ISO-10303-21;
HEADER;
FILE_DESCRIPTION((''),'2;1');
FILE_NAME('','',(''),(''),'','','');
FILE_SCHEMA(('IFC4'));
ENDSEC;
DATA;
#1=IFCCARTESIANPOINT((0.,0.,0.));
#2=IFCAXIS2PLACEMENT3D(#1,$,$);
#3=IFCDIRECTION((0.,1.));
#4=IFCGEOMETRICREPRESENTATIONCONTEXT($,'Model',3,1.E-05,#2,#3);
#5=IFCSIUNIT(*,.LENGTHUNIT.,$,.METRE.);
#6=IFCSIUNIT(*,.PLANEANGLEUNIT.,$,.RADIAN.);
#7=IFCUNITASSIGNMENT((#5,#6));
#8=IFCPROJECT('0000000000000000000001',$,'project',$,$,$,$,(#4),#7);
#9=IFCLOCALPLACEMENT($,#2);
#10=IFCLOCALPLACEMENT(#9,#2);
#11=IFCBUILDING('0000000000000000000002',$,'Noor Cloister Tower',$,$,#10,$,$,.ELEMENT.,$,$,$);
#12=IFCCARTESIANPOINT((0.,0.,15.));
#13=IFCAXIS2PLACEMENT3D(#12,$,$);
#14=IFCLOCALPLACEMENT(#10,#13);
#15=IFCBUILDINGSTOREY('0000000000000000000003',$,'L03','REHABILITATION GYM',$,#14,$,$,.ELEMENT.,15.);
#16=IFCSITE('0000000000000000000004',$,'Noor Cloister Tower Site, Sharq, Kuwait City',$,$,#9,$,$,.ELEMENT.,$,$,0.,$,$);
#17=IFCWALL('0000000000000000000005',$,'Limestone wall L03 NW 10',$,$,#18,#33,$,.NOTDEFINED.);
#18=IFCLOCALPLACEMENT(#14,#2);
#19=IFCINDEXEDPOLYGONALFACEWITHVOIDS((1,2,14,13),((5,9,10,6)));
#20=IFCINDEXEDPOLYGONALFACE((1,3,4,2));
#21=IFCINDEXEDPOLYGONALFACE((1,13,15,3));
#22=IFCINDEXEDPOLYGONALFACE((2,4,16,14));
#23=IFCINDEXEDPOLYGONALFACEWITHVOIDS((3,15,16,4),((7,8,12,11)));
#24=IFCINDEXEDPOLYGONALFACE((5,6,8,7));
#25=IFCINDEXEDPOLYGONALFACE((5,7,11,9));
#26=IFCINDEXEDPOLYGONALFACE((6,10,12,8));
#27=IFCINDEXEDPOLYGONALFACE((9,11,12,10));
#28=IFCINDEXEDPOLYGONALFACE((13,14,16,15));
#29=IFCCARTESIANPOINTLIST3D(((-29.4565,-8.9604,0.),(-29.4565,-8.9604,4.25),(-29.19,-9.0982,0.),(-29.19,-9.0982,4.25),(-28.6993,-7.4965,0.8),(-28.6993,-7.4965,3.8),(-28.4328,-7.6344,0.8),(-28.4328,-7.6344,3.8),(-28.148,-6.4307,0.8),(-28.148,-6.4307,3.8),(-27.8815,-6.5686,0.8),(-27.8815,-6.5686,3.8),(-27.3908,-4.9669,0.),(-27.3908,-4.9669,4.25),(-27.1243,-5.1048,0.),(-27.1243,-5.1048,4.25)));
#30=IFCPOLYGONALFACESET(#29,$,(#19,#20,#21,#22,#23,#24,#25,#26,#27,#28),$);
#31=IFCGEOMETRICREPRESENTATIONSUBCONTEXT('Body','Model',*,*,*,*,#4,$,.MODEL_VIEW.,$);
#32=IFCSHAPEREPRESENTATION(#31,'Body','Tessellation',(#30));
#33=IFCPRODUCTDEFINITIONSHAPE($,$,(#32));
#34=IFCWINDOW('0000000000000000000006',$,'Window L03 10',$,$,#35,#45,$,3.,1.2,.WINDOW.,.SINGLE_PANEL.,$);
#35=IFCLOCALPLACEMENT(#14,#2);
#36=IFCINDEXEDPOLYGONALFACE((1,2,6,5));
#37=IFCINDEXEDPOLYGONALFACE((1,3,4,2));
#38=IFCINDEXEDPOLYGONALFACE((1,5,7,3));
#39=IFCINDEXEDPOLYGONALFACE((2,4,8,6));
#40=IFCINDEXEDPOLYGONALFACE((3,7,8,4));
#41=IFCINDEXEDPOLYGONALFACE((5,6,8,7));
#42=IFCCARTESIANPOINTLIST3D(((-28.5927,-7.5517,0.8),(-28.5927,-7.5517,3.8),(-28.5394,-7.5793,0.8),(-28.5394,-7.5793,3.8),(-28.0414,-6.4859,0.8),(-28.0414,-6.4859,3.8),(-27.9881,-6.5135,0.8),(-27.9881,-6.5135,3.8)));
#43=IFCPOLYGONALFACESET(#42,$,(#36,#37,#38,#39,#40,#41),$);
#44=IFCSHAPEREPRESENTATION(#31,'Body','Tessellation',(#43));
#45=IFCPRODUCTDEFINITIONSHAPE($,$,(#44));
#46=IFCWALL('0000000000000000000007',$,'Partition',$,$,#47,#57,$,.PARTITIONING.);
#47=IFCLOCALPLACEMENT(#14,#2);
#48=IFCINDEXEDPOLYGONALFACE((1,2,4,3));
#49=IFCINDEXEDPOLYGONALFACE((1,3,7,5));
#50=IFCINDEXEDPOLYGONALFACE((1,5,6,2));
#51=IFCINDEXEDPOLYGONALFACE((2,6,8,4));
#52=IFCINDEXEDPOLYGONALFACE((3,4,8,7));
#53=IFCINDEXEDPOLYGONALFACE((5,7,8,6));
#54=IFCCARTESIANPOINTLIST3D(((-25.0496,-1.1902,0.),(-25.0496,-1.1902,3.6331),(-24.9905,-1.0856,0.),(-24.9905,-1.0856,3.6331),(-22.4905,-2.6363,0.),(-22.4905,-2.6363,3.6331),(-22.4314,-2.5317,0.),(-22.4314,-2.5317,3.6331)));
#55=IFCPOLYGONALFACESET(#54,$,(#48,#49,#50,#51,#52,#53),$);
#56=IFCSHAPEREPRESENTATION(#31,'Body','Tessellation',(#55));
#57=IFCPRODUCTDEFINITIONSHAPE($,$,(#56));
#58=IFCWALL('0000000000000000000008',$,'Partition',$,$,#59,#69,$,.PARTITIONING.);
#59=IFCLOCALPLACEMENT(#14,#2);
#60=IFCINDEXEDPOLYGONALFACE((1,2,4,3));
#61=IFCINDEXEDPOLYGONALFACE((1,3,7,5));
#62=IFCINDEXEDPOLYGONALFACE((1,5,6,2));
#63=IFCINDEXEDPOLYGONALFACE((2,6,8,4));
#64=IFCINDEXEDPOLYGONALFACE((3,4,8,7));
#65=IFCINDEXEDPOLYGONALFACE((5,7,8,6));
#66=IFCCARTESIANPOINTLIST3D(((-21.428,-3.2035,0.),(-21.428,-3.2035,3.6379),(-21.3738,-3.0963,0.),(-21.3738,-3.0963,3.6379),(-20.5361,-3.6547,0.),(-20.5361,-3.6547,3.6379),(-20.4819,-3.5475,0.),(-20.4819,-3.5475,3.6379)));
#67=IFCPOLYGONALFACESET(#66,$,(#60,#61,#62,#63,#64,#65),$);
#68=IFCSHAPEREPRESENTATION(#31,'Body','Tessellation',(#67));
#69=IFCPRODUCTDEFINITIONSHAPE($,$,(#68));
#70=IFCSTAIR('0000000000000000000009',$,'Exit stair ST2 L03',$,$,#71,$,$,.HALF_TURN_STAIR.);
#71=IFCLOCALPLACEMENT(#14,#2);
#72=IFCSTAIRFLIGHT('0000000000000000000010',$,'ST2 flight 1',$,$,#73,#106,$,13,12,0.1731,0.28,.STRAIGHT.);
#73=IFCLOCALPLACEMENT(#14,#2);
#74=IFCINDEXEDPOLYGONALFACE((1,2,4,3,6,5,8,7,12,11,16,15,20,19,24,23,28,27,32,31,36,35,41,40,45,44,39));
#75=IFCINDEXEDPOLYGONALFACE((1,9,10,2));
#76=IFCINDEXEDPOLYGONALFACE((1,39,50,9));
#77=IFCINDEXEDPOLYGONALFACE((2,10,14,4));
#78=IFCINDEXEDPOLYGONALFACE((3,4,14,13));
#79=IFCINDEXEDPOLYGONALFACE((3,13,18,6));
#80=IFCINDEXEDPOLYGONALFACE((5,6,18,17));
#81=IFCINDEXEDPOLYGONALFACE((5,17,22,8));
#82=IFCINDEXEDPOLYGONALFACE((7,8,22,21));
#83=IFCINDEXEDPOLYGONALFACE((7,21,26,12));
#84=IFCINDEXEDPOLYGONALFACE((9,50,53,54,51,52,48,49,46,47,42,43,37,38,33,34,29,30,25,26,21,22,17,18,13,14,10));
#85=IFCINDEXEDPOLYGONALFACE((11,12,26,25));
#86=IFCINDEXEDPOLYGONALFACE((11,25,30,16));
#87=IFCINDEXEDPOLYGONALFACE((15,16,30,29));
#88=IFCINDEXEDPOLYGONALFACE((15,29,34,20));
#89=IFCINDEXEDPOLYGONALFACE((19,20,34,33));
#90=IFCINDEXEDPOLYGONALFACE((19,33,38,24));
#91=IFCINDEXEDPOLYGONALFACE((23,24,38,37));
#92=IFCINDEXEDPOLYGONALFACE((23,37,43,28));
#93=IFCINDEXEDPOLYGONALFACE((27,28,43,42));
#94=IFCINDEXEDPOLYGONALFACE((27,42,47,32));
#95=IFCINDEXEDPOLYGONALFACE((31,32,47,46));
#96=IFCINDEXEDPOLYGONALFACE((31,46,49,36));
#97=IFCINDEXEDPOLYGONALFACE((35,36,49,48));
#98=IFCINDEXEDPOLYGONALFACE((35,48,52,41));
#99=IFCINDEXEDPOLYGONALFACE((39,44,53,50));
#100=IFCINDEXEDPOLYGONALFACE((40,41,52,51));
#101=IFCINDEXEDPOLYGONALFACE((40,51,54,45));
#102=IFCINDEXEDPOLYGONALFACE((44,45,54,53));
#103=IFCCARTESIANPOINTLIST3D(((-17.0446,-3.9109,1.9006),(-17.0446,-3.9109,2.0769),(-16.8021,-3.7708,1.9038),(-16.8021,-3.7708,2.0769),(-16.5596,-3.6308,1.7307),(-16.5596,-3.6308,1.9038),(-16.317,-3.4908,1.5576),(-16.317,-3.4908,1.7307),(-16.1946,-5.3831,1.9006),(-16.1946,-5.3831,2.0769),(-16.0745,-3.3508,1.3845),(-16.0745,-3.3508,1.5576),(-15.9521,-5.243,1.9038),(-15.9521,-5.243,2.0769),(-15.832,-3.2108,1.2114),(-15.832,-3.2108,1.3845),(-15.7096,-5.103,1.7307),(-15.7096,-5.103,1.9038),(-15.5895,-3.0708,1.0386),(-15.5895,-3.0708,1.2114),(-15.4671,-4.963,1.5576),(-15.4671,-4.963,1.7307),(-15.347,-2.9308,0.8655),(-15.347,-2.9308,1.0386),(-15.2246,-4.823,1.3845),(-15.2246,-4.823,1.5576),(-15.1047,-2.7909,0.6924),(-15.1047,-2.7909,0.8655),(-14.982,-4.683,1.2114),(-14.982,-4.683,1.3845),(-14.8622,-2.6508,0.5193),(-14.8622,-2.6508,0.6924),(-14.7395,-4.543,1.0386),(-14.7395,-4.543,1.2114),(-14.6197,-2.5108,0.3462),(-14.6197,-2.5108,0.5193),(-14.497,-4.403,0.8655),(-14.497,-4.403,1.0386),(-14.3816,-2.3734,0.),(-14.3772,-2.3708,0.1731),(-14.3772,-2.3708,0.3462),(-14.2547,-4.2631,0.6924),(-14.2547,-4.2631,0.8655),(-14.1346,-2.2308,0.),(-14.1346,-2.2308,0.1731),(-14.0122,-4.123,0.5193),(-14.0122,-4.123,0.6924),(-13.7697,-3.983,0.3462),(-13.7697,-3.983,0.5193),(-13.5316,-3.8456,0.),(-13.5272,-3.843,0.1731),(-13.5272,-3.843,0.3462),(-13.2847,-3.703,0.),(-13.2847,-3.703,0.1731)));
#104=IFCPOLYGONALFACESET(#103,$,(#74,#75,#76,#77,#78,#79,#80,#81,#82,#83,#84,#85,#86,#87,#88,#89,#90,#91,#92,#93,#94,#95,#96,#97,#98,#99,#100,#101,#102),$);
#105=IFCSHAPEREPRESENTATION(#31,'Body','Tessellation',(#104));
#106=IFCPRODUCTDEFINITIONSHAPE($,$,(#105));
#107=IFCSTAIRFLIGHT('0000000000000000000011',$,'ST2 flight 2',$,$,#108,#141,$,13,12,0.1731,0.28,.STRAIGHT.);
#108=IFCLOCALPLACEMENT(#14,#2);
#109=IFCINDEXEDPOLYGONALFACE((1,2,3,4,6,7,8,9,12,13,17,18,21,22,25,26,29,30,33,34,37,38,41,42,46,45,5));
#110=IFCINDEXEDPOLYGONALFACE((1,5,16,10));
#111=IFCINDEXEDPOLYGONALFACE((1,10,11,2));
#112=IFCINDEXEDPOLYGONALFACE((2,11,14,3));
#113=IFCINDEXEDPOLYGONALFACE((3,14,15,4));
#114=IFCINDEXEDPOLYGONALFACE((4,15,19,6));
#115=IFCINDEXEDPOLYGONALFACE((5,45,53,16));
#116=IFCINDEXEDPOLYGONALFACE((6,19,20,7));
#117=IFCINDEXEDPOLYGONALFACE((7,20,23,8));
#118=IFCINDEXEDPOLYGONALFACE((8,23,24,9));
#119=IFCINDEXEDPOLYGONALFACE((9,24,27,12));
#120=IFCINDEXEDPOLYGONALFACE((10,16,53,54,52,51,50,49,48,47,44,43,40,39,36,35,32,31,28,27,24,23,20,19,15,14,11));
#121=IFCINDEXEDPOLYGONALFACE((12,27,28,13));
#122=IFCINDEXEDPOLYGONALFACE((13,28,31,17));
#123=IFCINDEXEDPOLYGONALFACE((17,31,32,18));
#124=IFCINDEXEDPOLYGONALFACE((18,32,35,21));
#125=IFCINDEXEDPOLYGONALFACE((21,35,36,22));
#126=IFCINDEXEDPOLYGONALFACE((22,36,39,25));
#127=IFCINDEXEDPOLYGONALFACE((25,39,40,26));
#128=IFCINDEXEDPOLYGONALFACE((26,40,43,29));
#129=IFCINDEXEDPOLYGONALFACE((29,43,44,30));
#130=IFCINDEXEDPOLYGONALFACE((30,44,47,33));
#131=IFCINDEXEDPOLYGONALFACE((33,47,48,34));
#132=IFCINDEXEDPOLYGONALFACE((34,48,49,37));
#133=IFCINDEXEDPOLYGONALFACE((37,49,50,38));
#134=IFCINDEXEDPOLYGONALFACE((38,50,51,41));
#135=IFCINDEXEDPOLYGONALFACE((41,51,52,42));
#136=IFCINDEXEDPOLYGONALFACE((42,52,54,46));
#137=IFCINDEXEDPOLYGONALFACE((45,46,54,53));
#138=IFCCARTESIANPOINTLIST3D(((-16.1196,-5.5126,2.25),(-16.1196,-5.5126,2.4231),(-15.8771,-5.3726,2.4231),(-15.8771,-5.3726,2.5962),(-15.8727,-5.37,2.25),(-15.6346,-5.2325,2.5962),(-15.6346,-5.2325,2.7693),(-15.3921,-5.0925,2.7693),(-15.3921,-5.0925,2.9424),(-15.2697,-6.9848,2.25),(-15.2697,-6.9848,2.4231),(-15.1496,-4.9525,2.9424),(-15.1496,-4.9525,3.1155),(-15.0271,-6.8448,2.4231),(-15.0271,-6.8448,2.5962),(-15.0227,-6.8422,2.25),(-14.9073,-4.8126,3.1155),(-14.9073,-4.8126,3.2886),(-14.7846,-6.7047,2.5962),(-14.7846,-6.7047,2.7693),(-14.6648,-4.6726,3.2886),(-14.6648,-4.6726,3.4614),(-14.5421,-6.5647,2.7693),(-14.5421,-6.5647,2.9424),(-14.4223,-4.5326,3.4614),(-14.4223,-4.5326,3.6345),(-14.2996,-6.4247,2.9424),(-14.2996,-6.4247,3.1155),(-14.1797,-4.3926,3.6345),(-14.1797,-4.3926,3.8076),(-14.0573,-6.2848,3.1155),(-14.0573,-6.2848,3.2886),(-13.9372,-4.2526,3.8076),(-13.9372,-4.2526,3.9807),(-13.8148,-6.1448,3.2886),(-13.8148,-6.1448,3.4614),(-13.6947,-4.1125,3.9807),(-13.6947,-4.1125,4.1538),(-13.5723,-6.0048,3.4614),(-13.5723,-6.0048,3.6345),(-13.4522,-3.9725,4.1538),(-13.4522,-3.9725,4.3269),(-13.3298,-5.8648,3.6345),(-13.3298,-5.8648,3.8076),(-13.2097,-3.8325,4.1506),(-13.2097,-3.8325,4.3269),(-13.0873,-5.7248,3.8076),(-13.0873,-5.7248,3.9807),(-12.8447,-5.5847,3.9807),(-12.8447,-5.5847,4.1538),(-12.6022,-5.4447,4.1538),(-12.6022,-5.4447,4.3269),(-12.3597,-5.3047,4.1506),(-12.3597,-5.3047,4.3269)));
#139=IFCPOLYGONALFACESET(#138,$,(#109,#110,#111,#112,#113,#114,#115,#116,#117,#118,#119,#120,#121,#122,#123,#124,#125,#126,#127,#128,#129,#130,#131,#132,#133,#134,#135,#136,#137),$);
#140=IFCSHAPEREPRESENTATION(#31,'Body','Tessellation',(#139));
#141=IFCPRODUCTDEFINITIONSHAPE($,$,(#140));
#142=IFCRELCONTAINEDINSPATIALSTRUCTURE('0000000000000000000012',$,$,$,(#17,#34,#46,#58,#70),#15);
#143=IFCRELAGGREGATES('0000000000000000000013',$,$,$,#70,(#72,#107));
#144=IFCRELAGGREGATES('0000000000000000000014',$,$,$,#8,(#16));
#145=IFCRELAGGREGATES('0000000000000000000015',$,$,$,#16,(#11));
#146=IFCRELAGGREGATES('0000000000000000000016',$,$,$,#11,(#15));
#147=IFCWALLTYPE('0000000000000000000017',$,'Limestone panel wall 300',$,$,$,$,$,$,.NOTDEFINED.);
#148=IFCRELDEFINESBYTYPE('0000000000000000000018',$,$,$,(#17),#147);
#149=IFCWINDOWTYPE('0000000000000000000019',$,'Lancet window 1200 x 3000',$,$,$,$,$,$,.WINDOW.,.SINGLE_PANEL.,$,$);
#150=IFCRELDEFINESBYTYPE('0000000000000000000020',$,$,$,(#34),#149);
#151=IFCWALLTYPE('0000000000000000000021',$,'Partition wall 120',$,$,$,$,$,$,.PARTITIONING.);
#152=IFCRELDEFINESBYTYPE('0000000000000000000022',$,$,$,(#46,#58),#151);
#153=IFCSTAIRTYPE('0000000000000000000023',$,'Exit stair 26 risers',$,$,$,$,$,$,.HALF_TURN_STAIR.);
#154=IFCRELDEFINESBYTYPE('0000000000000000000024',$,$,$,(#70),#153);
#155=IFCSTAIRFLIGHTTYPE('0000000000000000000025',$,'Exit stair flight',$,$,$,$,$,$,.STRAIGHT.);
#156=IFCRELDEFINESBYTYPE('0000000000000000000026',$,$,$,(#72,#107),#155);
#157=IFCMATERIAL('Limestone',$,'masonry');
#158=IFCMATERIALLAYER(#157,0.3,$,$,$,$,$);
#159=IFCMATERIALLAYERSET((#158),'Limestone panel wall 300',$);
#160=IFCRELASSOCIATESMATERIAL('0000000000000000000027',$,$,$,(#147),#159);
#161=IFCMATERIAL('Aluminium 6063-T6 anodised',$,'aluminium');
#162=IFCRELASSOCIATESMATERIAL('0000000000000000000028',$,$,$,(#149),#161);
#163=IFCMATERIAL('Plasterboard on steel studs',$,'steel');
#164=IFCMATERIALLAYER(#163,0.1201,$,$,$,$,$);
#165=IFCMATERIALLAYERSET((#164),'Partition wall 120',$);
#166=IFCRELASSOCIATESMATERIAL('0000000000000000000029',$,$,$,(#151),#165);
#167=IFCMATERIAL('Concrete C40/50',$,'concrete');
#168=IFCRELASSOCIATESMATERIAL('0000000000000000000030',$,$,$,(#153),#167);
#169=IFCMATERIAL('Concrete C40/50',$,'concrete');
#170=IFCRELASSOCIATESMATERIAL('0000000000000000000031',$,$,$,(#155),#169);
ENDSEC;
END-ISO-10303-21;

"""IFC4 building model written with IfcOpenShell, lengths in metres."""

from ifc_helpers import new_model, si_unit, direction, frame, frame_2d, origin, place, context, subcontext, project, spatial, polyline, rectangle, outline, extrude, material, layer, layer_set, type_object, element, fill, aggregate, save


model = new_model("IFC4")

# Units and contexts
model_context = context("Model", 3, precision=1e-05, world=origin(), true_north=direction((0.0, 1.0)))
body_context = subcontext(model_context, "Body", "Model", "MODEL_VIEW")
ifc_project = project(units=[si_unit("LENGTHUNIT", "METRE"), si_unit("PLANEANGLEUNIT", "RADIAN")], contexts=[model_context])

# Site, building, storey
site_placement = place(None, origin())
site = spatial("IfcSite", under=ifc_project, at=site_placement, Name="Noor Cloister Tower Site, Sharq, Kuwait City", CompositionType="ELEMENT", RefElevation=0.0)
building_placement = place(site_placement, origin())
building = spatial("IfcBuilding", under=site, at=building_placement, Name="Noor Cloister Tower", CompositionType="ELEMENT")
storey_placement = place(building_placement, frame((0.0, 0.0, 15.0)))
storey = spatial("IfcBuildingStorey", under=building, at=storey_placement, Name="L03", Description="REHABILITATION GYM", CompositionType="ELEMENT", Elevation=15.0)

# Wall, opening, window
ifc_material_1 = material(Name="Limestone", Category="masonry")
ifc_layer_1 = layer(ifc_material_1, 0.3)
ifc_layer_set_1 = layer_set([ifc_layer_1], Name="Limestone panel wall 300")
wall_type_1 = type_object("IfcWallType", Name="Limestone panel wall 300", PredefinedType="NOTDEFINED", material=ifc_layer_set_1)
wall_1_placement = place(storey_placement, frame((-29.3232, -9.0293, 0.0), z_axis=(0.0, 0.0, 1.0), x_axis=(0.459444, 0.888207, 0.0)))
wall_1 = element("IfcWall", 1, at=wall_1_placement, inside=storey, type_object=wall_type_1, Name="Limestone wall L03 NW 10", PredefinedType="NOTDEFINED", context=body_context, shape_type="SweptSolid", body=[
    extrude(rectangle(XDim=4.4961, YDim=0.3, at=frame_2d((2.248, 0.0))), origin(), (0.0, 0.0, 1.0), 4.25),
])
opening_1_placement = place(wall_1_placement, frame((1.6479, 0.0, 0.8)))
opening_1 = element("IfcOpeningElement", 2, at=opening_1_placement, cuts=wall_1, PredefinedType="OPENING", context=body_context, shape_type="SweptSolid", body=[
    extrude(rectangle(XDim=1.2, YDim=3.0, at=frame_2d((0.6001, 1.5))), frame((0.0, 0.1602, 0.0), z_axis=(0.0, -1.0, 0.0), x_axis=(1.0, 0.0, 0.0)), (0.0, 0.0, 1.0), 0.3201),
])
ifc_material_2 = material(Name="Aluminium 6063-T6 anodised", Category="aluminium")
window_type_1 = type_object("IfcWindowType", Name="Lancet window 1200 x 3000", PartitioningType="SINGLE_PANEL", PredefinedType="WINDOW", material=ifc_material_2)
window_1_placement = place(opening_1_placement, origin())
window_1 = element("IfcWindow", 3, at=window_1_placement, inside=storey, type_object=window_type_1, Name="Window L03 10", OverallHeight=3.0, OverallWidth=1.2, PartitioningType="SINGLE_PANEL", PredefinedType="WINDOW", context=body_context, shape_type="SweptSolid", body=[
    extrude(rectangle(XDim=1.2, YDim=3.0, at=frame_2d((0.6001, 1.5))), frame((0.0, 0.03, 0.0), z_axis=(0.0, -1.0, 0.0), x_axis=(1.0, 0.0, 0.0)), (0.0, 0.0, 1.0), 0.0601),
])
fill(opening_1, window_1)

# Walls
ifc_material_3 = material(Name="Plasterboard on steel studs", Category="steel")
ifc_layer_2 = layer(ifc_material_3, 0.1201)
ifc_layer_set_2 = layer_set([ifc_layer_2], Name="Partition wall 120")
wall_type_2 = type_object("IfcWallType", Name="Partition wall 120", PredefinedType="PARTITIONING", material=ifc_layer_set_2)
wall_2_placement = place(storey_placement, frame((-22.4609, -2.584, 0.0), z_axis=(0.0, 0.0, 1.0), x_axis=(-0.87062, 0.491956, 0.0)))
element("IfcWall", 4, at=wall_2_placement, inside=storey, type_object=wall_type_2, Name="Partition", PredefinedType="PARTITIONING", context=body_context, shape_type="SweptSolid", body=[
    extrude(rectangle(XDim=2.9395, YDim=0.1201, at=frame_2d((1.4697, 0.0))), origin(), (0.0, 0.0, 1.0), 3.6331),
])
wall_3_placement = place(storey_placement, frame((-20.509, -3.6011, 0.0), z_axis=(0.0, 0.0, 1.0), x_axis=(-0.892317, 0.45141, 0.0)))
element("IfcWall", 5, at=wall_3_placement, inside=storey, type_object=wall_type_2, Name="Partition", PredefinedType="PARTITIONING", context=body_context, shape_type="SweptSolid", body=[
    extrude(rectangle(XDim=0.9995, YDim=0.1201, at=frame_2d((0.4998, 0.0))), origin(), (0.0, 0.0, 1.0), 3.6379),
])

# Stair, stair flights
ifc_material_4 = material(Name="Concrete C40/50", Category="concrete")
stair_type = type_object("IfcStairType", Name="Exit stair 26 risers", PredefinedType="HALF_TURN_STAIR", material=ifc_material_4)
stair_placement = place(storey_placement, origin())
stair = element("IfcStair", 6, at=stair_placement, inside=storey, type_object=stair_type, Name="Exit stair ST2 L03", PredefinedType="HALF_TURN_STAIR")
ifc_material_5 = material(Name="Concrete C40/50", Category="concrete")
stair_flight_type = type_object("IfcStairFlightType", Name="Exit stair flight", PredefinedType="STRAIGHT", material=ifc_material_5)
stair_flight_1_placement = place(storey_placement, frame((-13.7097, -2.9668, 0.0), z_axis=(0.0, 0.0, 1.0), x_axis=(-0.866025, -0.5, 0.0)))
stair_flight_1 = element("IfcStairFlight", 7, at=stair_flight_1_placement, type_object=stair_flight_type, Name="ST2 flight 1", NumberOfRisers=13, NumberOfTreads=12, PredefinedType="STRAIGHT", RiserHeight=0.1731, TreadLength=0.28, context=body_context, shape_type="SweptSolid", body=[
    extrude(outline(polyline([(0.0, 0.0), (0.0, 0.1731), (0.28, 0.1731), (0.28, 0.3462), (0.5601, 0.3462), (0.5601, 0.5193), (0.8401, 0.5193), (0.8401, 0.6924), (1.1201, 0.6924), (1.1201, 0.8655), (1.3999, 0.8655), (1.3999, 1.0386), (1.6799, 1.0386), (1.6799, 1.2114), (1.96, 1.2114), (1.96, 1.3845), (2.24, 1.3845), (2.24, 1.5576), (2.52, 1.5576), (2.52, 1.7307), (2.8, 1.7307), (2.8, 1.9038), (3.0801, 1.9038), (3.0801, 2.0769), (3.3601, 2.0769), (3.3601, 2.25), (3.3601, 1.9006), (0.2852, 0.0), (0.0, 0.0)])), frame((0.0, 0.8501, 0.0), z_axis=(0.0, -1.0, 0.0), x_axis=(1.0, 0.0, 0.0)), (0.0, 0.0, 1.0), 1.7),
])
stair_flight_2_placement = place(storey_placement, frame((-15.6946, -6.2488, 2.25), z_axis=(0.0, 0.0, 1.0), x_axis=(0.866025, 0.5, 0.0)))
stair_flight_2 = element("IfcStairFlight", 8, at=stair_flight_2_placement, type_object=stair_flight_type, Name="ST2 flight 2", NumberOfRisers=13, NumberOfTreads=12, PredefinedType="STRAIGHT", RiserHeight=0.1731, TreadLength=0.28, context=body_context, shape_type="SweptSolid", body=[
    extrude(outline(polyline([(0.0, 0.0), (0.0, 0.1731), (0.28, 0.1731), (0.28, 0.3462), (0.5601, 0.3462), (0.5601, 0.5193), (0.8401, 0.5193), (0.8401, 0.6924), (1.1201, 0.6924), (1.1201, 0.8655), (1.3999, 0.8655), (1.3999, 1.0386), (1.6799, 1.0386), (1.6799, 1.2114), (1.96, 1.2114), (1.96, 1.3845), (2.24, 1.3845), (2.24, 1.5576), (2.52, 1.5576), (2.52, 1.7307), (2.8, 1.7307), (2.8, 1.9038), (3.0801, 1.9038), (3.0801, 2.0769), (3.3601, 2.0769), (3.3601, 2.25), (3.3601, 1.9006), (0.2852, 0.0), (0.0, 0.0)])), frame((0.0, 0.8501, 0.0), z_axis=(0.0, -1.0, 0.0), x_axis=(1.0, 0.0, 0.0)), (0.0, 0.0, 1.0), 1.7),
])
aggregate(stair, [stair_flight_1, stair_flight_2])

save(model, "model.ifc")
